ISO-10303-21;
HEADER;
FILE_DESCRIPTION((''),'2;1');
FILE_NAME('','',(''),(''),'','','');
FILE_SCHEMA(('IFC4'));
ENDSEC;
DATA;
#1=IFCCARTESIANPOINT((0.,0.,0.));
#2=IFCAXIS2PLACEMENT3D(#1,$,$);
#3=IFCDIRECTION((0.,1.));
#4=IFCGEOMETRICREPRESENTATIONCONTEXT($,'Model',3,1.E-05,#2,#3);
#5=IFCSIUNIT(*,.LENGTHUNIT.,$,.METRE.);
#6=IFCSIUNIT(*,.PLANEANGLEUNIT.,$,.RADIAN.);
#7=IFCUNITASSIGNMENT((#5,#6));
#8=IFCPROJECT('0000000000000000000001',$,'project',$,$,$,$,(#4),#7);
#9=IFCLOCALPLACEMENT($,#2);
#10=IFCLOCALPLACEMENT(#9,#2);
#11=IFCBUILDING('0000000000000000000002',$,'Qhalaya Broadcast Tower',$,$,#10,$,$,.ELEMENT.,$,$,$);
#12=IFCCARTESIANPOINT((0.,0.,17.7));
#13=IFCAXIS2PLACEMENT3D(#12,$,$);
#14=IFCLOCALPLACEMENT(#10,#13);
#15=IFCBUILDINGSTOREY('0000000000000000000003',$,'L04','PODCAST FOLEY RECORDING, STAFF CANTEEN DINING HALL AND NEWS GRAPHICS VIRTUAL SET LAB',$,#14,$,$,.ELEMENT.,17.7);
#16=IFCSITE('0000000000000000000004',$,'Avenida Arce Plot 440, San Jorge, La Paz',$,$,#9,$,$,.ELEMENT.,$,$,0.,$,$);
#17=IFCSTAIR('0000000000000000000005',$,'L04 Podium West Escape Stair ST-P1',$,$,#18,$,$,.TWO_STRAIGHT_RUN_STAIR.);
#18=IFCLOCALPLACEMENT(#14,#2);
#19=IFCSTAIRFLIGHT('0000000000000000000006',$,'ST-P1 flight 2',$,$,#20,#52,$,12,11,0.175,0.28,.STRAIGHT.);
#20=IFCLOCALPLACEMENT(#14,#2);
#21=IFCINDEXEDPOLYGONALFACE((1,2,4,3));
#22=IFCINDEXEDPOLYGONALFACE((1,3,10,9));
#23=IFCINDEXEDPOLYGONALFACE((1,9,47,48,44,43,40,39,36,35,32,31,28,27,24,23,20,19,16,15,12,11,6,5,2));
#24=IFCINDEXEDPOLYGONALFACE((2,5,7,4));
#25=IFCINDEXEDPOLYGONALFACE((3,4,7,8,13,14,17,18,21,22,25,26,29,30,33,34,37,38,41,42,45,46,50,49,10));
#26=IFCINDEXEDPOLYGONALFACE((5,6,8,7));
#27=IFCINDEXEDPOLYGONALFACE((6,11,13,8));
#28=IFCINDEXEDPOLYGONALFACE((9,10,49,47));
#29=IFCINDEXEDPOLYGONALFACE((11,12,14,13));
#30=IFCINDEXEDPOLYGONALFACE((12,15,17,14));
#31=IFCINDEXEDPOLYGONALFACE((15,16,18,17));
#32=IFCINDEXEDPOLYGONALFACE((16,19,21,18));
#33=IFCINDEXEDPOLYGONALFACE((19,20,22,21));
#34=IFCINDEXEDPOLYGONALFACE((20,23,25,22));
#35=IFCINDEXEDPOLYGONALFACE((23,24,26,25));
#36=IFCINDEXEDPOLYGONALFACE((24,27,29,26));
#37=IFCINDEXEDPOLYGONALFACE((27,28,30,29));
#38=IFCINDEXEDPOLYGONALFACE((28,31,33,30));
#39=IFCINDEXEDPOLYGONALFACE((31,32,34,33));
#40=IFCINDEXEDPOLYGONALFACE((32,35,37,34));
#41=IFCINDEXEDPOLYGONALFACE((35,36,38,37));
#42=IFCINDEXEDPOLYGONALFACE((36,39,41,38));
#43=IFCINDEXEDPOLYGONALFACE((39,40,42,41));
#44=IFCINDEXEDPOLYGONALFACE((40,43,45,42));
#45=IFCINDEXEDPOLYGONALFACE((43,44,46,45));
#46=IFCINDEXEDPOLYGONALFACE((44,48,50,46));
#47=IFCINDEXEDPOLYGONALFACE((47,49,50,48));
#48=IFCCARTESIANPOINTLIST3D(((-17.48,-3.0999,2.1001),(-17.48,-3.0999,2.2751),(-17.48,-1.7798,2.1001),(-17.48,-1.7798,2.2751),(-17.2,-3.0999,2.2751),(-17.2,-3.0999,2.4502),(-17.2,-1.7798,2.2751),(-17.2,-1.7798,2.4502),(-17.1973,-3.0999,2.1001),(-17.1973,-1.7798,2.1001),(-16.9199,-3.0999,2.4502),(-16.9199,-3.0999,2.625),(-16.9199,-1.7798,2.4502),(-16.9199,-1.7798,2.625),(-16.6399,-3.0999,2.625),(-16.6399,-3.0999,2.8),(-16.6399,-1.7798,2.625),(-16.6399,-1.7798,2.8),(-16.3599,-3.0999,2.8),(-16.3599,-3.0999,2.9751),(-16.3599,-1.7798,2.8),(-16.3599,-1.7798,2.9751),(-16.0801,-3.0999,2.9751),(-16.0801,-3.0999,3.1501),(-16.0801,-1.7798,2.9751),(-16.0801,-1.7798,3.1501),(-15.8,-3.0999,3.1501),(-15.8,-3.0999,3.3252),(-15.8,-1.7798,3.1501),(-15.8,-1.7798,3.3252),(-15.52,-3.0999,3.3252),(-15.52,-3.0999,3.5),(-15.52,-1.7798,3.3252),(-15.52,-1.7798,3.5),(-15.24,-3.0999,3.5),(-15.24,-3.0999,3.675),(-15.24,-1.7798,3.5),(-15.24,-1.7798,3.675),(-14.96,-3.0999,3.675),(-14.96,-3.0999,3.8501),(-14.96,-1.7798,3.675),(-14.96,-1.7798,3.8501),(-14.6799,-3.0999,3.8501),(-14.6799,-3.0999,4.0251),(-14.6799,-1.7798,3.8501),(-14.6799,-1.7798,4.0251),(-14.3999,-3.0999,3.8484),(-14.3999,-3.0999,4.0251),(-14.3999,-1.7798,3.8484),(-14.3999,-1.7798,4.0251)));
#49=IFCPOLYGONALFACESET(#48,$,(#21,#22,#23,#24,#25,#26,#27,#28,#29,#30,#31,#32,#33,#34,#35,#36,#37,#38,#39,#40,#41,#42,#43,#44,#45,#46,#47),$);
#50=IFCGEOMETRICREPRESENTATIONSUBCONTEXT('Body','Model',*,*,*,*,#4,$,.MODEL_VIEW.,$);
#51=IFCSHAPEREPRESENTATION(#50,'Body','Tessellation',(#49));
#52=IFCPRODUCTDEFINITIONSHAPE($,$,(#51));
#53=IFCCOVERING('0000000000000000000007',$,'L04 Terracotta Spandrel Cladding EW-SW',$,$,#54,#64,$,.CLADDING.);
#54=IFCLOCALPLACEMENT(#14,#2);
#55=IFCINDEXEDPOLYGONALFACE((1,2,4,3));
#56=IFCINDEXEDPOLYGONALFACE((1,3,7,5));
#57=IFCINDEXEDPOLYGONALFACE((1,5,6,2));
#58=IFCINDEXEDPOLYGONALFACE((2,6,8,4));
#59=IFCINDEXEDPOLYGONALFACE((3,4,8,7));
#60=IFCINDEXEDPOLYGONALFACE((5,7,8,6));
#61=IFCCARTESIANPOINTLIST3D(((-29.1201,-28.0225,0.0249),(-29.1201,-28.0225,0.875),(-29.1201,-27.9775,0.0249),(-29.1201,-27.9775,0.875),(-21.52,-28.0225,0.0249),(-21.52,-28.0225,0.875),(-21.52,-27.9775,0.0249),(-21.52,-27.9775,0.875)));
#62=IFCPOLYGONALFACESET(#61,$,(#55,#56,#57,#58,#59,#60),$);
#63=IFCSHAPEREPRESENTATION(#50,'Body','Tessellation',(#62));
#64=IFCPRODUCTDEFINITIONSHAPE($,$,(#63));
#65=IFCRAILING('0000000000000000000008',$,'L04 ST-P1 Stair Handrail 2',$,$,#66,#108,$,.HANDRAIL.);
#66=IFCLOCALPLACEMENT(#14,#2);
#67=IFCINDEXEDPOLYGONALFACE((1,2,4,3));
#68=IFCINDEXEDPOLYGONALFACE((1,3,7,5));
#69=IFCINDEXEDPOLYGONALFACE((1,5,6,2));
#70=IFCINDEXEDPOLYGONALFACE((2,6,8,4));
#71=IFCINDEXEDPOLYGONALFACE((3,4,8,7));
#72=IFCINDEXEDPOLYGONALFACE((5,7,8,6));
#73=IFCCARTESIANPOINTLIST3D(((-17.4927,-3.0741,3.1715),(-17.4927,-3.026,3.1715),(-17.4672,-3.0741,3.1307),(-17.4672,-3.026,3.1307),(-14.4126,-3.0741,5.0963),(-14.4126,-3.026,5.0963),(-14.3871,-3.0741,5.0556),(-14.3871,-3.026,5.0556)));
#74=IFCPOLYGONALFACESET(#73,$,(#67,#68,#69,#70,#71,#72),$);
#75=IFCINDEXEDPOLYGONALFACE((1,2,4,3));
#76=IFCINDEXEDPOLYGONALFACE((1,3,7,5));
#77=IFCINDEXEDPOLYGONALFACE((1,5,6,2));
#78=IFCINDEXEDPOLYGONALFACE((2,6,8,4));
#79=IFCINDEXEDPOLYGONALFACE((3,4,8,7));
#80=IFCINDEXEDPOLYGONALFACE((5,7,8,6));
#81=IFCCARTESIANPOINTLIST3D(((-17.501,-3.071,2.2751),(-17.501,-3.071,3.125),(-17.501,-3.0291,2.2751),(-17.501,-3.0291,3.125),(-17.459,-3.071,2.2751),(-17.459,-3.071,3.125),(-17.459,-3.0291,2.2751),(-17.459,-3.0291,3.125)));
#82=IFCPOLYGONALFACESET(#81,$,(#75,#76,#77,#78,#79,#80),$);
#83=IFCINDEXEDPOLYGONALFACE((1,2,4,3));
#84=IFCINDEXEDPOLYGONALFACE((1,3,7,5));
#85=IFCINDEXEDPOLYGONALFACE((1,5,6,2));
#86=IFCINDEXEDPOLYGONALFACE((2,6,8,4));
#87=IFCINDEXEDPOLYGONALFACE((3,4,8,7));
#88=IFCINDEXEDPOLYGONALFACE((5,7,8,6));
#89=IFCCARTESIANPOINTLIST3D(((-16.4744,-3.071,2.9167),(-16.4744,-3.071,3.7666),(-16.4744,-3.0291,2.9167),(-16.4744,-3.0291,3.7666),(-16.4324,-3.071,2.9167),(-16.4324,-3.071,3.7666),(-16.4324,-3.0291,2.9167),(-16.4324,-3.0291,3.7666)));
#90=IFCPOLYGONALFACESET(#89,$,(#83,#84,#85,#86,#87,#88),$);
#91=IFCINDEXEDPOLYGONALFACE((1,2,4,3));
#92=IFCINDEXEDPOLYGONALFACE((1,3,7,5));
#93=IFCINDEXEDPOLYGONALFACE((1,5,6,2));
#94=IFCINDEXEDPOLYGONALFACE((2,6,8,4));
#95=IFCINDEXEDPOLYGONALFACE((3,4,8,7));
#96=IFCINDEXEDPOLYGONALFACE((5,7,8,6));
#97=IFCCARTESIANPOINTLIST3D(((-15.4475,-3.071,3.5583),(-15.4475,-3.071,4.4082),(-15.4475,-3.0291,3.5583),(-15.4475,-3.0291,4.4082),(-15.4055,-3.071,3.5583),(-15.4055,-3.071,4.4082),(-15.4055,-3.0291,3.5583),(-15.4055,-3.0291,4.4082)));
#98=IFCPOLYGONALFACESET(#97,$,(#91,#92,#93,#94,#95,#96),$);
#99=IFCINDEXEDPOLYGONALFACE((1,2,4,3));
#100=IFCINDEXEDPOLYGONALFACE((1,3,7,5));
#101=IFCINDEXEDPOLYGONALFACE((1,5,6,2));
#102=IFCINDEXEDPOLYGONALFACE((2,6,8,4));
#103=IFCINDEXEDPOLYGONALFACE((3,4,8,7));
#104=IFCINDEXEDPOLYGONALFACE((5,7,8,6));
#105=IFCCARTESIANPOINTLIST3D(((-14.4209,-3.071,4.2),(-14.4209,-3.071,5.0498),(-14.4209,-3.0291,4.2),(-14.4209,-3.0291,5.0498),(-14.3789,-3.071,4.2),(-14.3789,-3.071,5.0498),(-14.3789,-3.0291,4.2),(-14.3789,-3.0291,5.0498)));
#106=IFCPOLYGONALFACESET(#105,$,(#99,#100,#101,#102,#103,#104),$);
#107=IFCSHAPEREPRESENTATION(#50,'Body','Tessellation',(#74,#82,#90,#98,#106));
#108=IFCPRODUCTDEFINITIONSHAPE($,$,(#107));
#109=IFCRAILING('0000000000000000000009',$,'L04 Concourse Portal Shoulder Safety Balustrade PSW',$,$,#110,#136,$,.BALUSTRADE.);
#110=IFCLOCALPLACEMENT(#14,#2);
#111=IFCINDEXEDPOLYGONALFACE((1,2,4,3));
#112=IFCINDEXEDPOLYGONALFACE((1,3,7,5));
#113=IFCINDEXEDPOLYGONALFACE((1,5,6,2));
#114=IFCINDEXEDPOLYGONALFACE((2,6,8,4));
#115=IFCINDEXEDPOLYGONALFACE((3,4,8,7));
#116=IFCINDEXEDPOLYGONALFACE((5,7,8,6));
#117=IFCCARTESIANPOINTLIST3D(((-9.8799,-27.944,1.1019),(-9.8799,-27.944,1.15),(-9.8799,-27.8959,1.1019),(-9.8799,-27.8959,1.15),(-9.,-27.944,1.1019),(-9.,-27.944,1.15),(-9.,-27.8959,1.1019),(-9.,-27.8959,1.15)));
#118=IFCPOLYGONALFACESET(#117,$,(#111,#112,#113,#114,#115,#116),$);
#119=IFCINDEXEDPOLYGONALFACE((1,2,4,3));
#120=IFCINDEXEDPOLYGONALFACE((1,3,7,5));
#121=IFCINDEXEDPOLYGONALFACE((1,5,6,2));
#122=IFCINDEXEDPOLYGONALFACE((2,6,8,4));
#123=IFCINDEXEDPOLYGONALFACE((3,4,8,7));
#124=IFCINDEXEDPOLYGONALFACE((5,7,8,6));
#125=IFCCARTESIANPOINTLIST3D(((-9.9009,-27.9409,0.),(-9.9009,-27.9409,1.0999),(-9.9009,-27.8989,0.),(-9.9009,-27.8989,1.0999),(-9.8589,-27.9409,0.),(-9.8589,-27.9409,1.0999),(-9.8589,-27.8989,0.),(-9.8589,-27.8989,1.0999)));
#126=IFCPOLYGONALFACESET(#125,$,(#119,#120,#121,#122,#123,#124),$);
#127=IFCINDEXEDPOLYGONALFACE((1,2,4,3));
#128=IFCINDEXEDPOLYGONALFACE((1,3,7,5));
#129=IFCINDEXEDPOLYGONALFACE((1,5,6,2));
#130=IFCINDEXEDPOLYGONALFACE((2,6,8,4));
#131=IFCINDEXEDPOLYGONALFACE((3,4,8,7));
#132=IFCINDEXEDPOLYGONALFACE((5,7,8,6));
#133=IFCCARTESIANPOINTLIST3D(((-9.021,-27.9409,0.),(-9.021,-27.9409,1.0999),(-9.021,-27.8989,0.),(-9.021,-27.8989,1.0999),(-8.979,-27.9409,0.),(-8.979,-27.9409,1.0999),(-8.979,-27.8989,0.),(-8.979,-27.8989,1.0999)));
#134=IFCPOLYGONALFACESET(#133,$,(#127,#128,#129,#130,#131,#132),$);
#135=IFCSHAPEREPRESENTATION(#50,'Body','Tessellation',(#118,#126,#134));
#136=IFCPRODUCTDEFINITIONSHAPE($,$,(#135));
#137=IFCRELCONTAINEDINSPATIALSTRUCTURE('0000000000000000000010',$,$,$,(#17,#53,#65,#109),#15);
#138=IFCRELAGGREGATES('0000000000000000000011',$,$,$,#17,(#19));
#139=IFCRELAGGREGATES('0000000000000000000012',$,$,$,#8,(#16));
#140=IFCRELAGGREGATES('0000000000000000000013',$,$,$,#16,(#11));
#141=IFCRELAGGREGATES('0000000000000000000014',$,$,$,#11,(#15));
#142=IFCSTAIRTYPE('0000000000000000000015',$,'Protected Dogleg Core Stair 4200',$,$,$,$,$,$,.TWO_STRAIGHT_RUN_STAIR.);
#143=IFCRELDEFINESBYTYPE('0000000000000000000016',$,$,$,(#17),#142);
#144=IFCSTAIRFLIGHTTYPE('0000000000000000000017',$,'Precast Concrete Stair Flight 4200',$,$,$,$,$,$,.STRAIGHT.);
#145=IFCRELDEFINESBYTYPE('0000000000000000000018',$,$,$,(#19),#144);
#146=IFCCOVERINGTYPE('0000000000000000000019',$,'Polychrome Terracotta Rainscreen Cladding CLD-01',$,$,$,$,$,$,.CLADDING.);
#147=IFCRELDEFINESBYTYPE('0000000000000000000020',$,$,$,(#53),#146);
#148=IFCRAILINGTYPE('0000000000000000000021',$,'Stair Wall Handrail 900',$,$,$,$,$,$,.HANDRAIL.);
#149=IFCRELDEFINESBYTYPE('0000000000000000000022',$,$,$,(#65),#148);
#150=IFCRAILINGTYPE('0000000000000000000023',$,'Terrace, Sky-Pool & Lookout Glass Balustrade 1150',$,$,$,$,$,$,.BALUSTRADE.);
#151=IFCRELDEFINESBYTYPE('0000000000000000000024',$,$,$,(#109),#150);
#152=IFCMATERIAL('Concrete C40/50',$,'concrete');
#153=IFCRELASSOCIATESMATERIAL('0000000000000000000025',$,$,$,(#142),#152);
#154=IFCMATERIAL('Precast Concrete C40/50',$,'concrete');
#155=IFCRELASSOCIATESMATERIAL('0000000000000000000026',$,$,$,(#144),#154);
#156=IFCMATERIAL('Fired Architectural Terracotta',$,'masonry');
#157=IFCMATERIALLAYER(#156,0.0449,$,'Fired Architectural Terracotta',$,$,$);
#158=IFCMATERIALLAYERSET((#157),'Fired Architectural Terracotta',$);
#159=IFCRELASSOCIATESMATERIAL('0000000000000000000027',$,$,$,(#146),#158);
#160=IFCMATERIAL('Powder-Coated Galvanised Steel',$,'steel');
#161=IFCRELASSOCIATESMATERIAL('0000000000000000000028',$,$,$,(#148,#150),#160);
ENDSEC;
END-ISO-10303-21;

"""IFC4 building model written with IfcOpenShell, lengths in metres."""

from ifc_helpers import new_model, si_unit, direction, frame, origin, origin_2d, place, context, subcontext, project, spatial, polyline, rectangle, outline, extrude, material, layer, layer_set, type_object, element, aggregate, save


model = new_model("IFC4")

# Units and contexts
model_context = context("Model", 3, precision=1e-05, world=origin(), true_north=direction((0.0, 1.0)))
body_context = subcontext(model_context, "Body", "Model", "MODEL_VIEW")
ifc_project = project(units=[si_unit("LENGTHUNIT", "METRE"), si_unit("PLANEANGLEUNIT", "RADIAN")], contexts=[model_context])

# Site, building, storey
site_placement = place(None, origin())
site = spatial("IfcSite", under=ifc_project, at=site_placement, Name="Avenida Arce Plot 440, San Jorge, La Paz", CompositionType="ELEMENT", RefElevation=0.0)
building_placement = place(site_placement, origin())
building = spatial("IfcBuilding", under=site, at=building_placement, Name="Qhalaya Broadcast Tower", CompositionType="ELEMENT")
storey_placement = place(building_placement, frame((0.0, 0.0, 17.7)))
storey = spatial("IfcBuildingStorey", under=building, at=storey_placement, Name="L04", Description="PODCAST FOLEY RECORDING, STAFF CANTEEN DINING HALL AND NEWS GRAPHICS VIRTUAL SET LAB", CompositionType="ELEMENT", Elevation=17.7)

# Shared definitions
ifc_material_1 = material(Name="Precast Concrete C40/50", Category="concrete")

# Stair, stair flight
ifc_material_2 = material(Name="Concrete C40/50", Category="concrete")
stair_type = type_object("IfcStairType", Name="Protected Dogleg Core Stair 4200", PredefinedType="TWO_STRAIGHT_RUN_STAIR", material=ifc_material_2)
stair_placement = place(storey_placement, origin())
stair = element("IfcStair", 1, at=stair_placement, inside=storey, type_object=stair_type, Name="L04 Podium West Escape Stair ST-P1", PredefinedType="TWO_STRAIGHT_RUN_STAIR")
stair_flight_type = type_object("IfcStairFlightType", Name="Precast Concrete Stair Flight 4200", PredefinedType="STRAIGHT", material=ifc_material_1)
stair_flight_placement = place(storey_placement, frame((-17.48, -2.4399, 2.1001), z_axis=(0.0, 0.0, 1.0), x_axis=(1.0, 0.0, 0.0)))
stair_flight = element("IfcStairFlight", 2, at=stair_flight_placement, type_object=stair_flight_type, Name="ST-P1 flight 2", NumberOfRisers=12, NumberOfTreads=11, PredefinedType="STRAIGHT", RiserHeight=0.175, TreadLength=0.28, context=body_context, shape_type="SweptSolid", body=[
    extrude(outline(polyline([(0.0, 0.0), (0.0, 0.175), (0.28, 0.175), (0.28, 0.3501), (0.5601, 0.3501), (0.5601, 0.5249), (0.8401, 0.5249), (0.8401, 0.7), (1.1201, 0.7), (1.1201, 0.875), (1.3999, 0.875), (1.3999, 1.05), (1.6799, 1.05), (1.6799, 1.2251), (1.96, 1.2251), (1.96, 1.3999), (2.24, 1.3999), (2.24, 1.575), (2.52, 1.575), (2.52, 1.75), (2.8, 1.75), (2.8, 1.925), (3.0801, 1.925), (3.0801, 2.1001), (3.0801, 1.7483), (0.2827, 0.0), (0.0, 0.0)])), frame((0.0, 0.6602, 0.0), z_axis=(0.0, -1.0, 0.0), x_axis=(1.0, 0.0, 0.0)), (0.0, 0.0, 1.0), 1.3201),
])
aggregate(stair, [stair_flight])

# Covering
ifc_material_3 = material(Name="Fired Architectural Terracotta", Category="masonry")
ifc_layer_1 = layer(ifc_material_3, 0.0449, Name="Fired Architectural Terracotta")
ifc_layer_set_1 = layer_set([ifc_layer_1], Name="Fired Architectural Terracotta")
covering_type = type_object("IfcCoveringType", Name="Polychrome Terracotta Rainscreen Cladding CLD-01", PredefinedType="CLADDING", material=ifc_layer_set_1)
covering_placement = place(storey_placement, frame((-25.3201, -28.0, 0.0249), z_axis=(0.0, 0.0, 1.0), x_axis=(-1.0, 0.0, 0.0)))
element("IfcCovering", 3, at=covering_placement, inside=storey, type_object=covering_type, Name="L04 Terracotta Spandrel Cladding EW-SW", PredefinedType="CLADDING", context=body_context, shape_type="SweptSolid", body=[
    extrude(rectangle(XDim=7.6001, YDim=0.0449, at=origin_2d()), origin(), (0.0, 0.0, 1.0), 0.8501),
])

# Railings
ifc_material_4 = material(Name="Powder-Coated Galvanised Steel", Category="steel")
railing_type_1 = type_object("IfcRailingType", Name="Stair Wall Handrail 900", PredefinedType="HANDRAIL", material=ifc_material_4)
railing_1_placement = place(storey_placement, frame((-17.48, -3.05, 2.2751)))
element("IfcRailing", 4, at=railing_1_placement, inside=storey, type_object=railing_type_1, Name="L04 ST-P1 Stair Handrail 2", PredefinedType="HANDRAIL", context=body_context, shape_type="SweptSolid", body=[
    extrude(rectangle(XDim=0.0481, YDim=0.0481, at=origin_2d()), frame((0.0, 0.0, 0.876), z_axis=(0.848029, 0.0, 0.529951), x_axis=(0.0, 1.0, 0.0)), (0.0, 0.0, 1.0), 3.6321),
    extrude(rectangle(XDim=0.042, YDim=0.042, at=origin_2d()), origin(), (0.0, 0.0, 1.0), 0.8499),
    extrude(rectangle(XDim=0.042, YDim=0.042, at=origin_2d()), frame((1.0266, 0.0, 0.6416)), (0.0, 0.0, 1.0), 0.8499),
    extrude(rectangle(XDim=0.042, YDim=0.042, at=origin_2d()), frame((2.0535, 0.0, 1.2832)), (0.0, 0.0, 1.0), 0.8499),
    extrude(rectangle(XDim=0.042, YDim=0.042, at=origin_2d()), frame((3.0801, 0.0, 1.9248)), (0.0, 0.0, 1.0), 0.8499),
])
railing_type_2 = type_object("IfcRailingType", Name="Terrace, Sky-Pool & Lookout Glass Balustrade 1150", PredefinedType="BALUSTRADE", material=ifc_material_4)
railing_2_placement = place(storey_placement, frame((-9.8799, -27.9199, 0.0)))
element("IfcRailing", 5, at=railing_2_placement, inside=storey, type_object=railing_type_2, Name="L04 Concourse Portal Shoulder Safety Balustrade PSW", PredefinedType="BALUSTRADE", context=body_context, shape_type="SweptSolid", body=[
    extrude(rectangle(XDim=0.0481, YDim=0.0481, at=origin_2d()), frame((0.0, 0.0, 1.126), z_axis=(1.0, 0.0, 0.0), x_axis=(0.0, 1.0, 0.0)), (0.0, 0.0, 1.0), 0.8799),
    extrude(rectangle(XDim=0.042, YDim=0.042, at=origin_2d()), origin(), (0.0, 0.0, 1.0), 1.0999),
    extrude(rectangle(XDim=0.042, YDim=0.042, at=origin_2d()), frame((0.8799, 0.0, 0.0)), (0.0, 0.0, 1.0), 1.0999),
])

save(model, "model.ifc")
